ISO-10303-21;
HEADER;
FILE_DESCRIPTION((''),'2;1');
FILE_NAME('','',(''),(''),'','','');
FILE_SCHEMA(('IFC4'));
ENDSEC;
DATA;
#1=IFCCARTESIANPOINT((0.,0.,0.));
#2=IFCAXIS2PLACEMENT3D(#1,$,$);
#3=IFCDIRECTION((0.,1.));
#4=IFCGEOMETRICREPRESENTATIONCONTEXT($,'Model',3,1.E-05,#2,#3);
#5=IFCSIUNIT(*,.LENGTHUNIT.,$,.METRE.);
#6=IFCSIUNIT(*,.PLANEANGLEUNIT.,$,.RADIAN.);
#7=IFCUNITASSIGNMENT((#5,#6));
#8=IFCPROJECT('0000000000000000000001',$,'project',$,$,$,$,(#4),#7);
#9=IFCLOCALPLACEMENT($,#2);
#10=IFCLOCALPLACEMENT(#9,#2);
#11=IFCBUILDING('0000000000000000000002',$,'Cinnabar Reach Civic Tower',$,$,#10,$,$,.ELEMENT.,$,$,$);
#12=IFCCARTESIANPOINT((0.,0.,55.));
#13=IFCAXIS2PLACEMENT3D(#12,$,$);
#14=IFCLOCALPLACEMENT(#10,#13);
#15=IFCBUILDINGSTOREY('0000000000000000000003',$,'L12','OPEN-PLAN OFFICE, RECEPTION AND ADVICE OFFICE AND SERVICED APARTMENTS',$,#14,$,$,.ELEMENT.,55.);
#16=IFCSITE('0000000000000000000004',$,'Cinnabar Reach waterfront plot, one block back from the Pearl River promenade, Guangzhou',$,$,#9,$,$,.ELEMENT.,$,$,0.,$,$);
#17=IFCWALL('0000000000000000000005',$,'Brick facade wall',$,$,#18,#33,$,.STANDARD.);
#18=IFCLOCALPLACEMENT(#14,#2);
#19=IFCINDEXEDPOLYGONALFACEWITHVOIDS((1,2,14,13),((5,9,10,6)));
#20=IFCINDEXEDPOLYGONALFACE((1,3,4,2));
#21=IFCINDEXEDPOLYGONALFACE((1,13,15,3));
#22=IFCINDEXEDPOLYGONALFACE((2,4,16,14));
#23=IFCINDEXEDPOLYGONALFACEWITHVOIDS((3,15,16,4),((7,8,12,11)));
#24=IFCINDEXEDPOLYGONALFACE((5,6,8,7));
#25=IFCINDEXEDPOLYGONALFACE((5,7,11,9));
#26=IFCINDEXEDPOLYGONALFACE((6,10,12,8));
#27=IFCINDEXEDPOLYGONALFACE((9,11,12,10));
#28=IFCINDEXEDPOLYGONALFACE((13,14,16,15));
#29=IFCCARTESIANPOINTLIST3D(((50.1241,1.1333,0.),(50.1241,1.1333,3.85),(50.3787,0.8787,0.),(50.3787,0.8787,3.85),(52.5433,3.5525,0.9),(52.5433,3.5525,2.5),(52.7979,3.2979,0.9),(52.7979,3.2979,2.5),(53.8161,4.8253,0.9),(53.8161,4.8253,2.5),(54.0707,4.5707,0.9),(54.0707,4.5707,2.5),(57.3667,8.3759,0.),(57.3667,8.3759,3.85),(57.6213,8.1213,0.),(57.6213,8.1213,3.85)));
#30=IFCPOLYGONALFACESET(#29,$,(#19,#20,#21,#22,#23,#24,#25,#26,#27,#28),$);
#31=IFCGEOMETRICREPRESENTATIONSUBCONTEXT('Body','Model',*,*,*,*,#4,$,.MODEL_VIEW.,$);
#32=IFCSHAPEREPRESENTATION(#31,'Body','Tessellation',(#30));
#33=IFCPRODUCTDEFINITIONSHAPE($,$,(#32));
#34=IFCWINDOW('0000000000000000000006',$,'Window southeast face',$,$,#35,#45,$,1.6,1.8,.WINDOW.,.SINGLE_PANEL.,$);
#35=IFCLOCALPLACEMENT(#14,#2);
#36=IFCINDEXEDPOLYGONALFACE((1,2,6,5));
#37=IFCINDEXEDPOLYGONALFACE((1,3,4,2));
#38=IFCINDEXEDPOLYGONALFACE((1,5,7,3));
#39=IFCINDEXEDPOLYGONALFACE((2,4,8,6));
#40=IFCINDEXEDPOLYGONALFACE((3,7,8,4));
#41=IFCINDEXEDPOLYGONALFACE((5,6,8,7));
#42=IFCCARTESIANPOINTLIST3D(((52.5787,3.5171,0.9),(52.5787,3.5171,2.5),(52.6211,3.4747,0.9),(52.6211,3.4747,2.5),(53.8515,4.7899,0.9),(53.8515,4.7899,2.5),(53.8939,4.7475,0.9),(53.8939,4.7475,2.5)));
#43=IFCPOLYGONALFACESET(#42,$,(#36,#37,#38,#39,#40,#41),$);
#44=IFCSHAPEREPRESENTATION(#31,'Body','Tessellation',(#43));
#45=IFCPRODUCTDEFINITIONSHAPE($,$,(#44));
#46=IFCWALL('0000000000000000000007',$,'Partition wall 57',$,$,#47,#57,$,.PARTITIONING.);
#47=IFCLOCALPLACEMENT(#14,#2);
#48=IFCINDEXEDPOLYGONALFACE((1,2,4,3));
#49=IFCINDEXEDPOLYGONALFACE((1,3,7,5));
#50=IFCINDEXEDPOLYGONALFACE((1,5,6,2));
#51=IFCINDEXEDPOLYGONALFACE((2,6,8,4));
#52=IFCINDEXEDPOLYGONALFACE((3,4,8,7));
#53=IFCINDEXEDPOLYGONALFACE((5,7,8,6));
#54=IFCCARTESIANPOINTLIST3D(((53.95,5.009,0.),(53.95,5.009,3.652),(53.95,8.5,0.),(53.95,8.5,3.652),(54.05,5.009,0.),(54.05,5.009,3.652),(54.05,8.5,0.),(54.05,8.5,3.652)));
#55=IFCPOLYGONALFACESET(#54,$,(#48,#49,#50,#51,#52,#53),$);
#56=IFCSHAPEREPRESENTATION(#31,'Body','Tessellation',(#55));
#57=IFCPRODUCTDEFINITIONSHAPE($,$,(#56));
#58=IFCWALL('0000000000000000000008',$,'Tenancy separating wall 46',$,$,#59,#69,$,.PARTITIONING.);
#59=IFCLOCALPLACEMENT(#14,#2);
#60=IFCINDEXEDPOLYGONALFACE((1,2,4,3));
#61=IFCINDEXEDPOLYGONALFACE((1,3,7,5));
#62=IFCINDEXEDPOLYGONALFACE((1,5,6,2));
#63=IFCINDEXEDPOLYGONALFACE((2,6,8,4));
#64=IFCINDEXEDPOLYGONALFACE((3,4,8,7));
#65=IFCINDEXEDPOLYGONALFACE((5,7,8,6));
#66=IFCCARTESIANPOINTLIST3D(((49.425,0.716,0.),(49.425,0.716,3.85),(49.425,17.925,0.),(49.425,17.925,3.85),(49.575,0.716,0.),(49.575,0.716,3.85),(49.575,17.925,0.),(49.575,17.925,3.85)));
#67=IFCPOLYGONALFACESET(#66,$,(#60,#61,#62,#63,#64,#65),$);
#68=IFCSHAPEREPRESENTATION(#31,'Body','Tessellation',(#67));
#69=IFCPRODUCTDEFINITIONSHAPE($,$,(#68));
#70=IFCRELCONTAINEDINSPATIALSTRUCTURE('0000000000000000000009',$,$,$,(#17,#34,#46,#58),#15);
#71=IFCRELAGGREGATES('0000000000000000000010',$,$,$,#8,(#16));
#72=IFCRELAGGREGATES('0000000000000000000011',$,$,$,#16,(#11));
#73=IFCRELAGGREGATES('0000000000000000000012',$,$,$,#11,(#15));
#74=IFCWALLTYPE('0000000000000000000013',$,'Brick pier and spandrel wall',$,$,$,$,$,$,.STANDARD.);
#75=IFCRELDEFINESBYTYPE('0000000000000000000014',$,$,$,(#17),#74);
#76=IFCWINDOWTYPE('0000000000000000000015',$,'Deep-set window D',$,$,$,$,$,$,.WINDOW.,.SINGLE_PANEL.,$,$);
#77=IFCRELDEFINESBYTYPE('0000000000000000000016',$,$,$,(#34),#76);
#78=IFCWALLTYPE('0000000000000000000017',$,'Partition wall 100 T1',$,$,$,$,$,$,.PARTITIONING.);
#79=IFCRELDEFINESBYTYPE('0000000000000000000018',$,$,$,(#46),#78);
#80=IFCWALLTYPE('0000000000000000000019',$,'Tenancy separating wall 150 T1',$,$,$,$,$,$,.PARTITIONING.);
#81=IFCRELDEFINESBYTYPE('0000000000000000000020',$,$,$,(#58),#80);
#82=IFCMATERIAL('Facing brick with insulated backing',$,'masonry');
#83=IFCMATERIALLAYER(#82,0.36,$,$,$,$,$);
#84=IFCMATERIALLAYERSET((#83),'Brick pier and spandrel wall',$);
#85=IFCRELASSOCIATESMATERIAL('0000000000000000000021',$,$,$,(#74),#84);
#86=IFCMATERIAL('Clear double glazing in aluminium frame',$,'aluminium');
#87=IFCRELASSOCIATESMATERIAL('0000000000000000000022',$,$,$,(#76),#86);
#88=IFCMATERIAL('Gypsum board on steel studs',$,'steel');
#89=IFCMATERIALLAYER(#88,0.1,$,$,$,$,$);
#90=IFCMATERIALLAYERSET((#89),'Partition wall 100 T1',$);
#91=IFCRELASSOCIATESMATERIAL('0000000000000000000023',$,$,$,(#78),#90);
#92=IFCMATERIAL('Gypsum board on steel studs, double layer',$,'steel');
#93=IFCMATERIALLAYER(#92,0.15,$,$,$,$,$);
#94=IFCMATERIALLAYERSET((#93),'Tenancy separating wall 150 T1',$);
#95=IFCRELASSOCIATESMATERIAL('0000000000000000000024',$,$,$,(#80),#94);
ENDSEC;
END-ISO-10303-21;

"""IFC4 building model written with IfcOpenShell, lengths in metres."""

from ifc_helpers import new_model, si_unit, direction, frame, frame_2d, origin, place, context, subcontext, project, spatial, rectangle, extrude, material, layer, layer_set, type_object, element, fill, save


model = new_model("IFC4")

# Units and contexts
model_context = context("Model", 3, precision=1e-05, world=origin(), true_north=direction((0.0, 1.0)))
body_context = subcontext(model_context, "Body", "Model", "MODEL_VIEW")
ifc_project = project(units=[si_unit("LENGTHUNIT", "METRE"), si_unit("PLANEANGLEUNIT", "RADIAN")], contexts=[model_context])

# Site, building, storey
site_placement = place(None, origin())
site = spatial("IfcSite", under=ifc_project, at=site_placement, Name="Cinnabar Reach waterfront plot, one block back from the Pearl River promenade, Guangzhou", CompositionType="ELEMENT", RefElevation=0.0)
building_placement = place(site_placement, origin())
building = spatial("IfcBuilding", under=site, at=building_placement, Name="Cinnabar Reach Civic Tower", CompositionType="ELEMENT")
storey_placement = place(building_placement, frame((0.0, 0.0, 55.0)))
storey = spatial("IfcBuildingStorey", under=building, at=storey_placement, Name="L12", Description="OPEN-PLAN OFFICE, RECEPTION AND ADVICE OFFICE AND SERVICED APARTMENTS", CompositionType="ELEMENT", Elevation=55.0)

# Shared definitions
ifc_material_1 = material(Name="Facing brick with insulated backing", Category="masonry")

# Wall, opening, window
ifc_layer_1 = layer(ifc_material_1, 0.36)
ifc_layer_set_1 = layer_set([ifc_layer_1], Name="Brick pier and spandrel wall")
wall_type_1 = type_object("IfcWallType", Name="Brick pier and spandrel wall", PredefinedType="STANDARD", material=ifc_layer_set_1)
wall_1_placement = place(storey_placement, frame((50.2514, 1.006, 0.0), z_axis=(0.0, 0.0, 1.0), x_axis=(0.707107, 0.707107, 0.0)))
wall_1 = element("IfcWall", 1, at=wall_1_placement, inside=storey, type_object=wall_type_1, Name="Brick facade wall", PredefinedType="STANDARD", context=body_context, shape_type="SweptSolid", body=[
    extrude(rectangle(XDim=10.2426, YDim=0.36, at=frame_2d((5.1213, 0.0))), origin(), (0.0, 0.0, 1.0), 3.85),
])
opening_placement = place(wall_1_placement, frame((3.4213, 0.0, 0.9)))
opening = element("IfcOpeningElement", 2, at=opening_placement, cuts=wall_1, PredefinedType="OPENING", context=body_context, shape_type="SweptSolid", body=[
    extrude(rectangle(XDim=1.8, YDim=1.6, at=frame_2d((0.9, 0.8))), frame((0.0, 0.19, 0.0), z_axis=(0.0, -1.0, 0.0), x_axis=(1.0, 0.0, 0.0)), (0.0, 0.0, 1.0), 0.38),
])
ifc_material_2 = material(Name="Clear double glazing in aluminium frame", Category="aluminium")
window_type = type_object("IfcWindowType", Name="Deep-set window D", PartitioningType="SINGLE_PANEL", PredefinedType="WINDOW", material=ifc_material_2)
window_placement = place(opening_placement, origin())
window = element("IfcWindow", 3, at=window_placement, inside=storey, type_object=window_type, Name="Window southeast face", OverallHeight=1.6, OverallWidth=1.8, PartitioningType="SINGLE_PANEL", PredefinedType="WINDOW", context=body_context, shape_type="SweptSolid", body=[
    extrude(rectangle(XDim=1.8, YDim=1.6, at=frame_2d((0.9, 0.8))), frame((0.0, 0.13, 0.0), z_axis=(0.0, -1.0, 0.0), x_axis=(1.0, 0.0, 0.0)), (0.0, 0.0, 1.0), 0.06),
])
fill(opening, window)

# Walls
ifc_material_3 = material(Name="Gypsum board on steel studs", Category="steel")
ifc_layer_2 = layer(ifc_material_3, 0.1)
ifc_layer_set_2 = layer_set([ifc_layer_2], Name="Partition wall 100 T1")
wall_type_2 = type_object("IfcWallType", Name="Partition wall 100 T1", PredefinedType="PARTITIONING", material=ifc_layer_set_2)
wall_2_placement = place(storey_placement, frame((54.0, 5.0091, 0.0), z_axis=(0.0, 0.0, 1.0), x_axis=(0.0, 1.0, 0.0)))
element("IfcWall", 4, at=wall_2_placement, inside=storey, type_object=wall_type_2, Name="Partition wall 57", PredefinedType="PARTITIONING", context=body_context, shape_type="SweptSolid", body=[
    extrude(rectangle(XDim=3.4909, YDim=0.1, at=frame_2d((1.7454, 0.0))), origin(), (0.0, 0.0, 1.0), 3.652),
])
ifc_material_4 = material(Name="Gypsum board on steel studs, double layer", Category="steel")
ifc_layer_3 = layer(ifc_material_4, 0.15)
ifc_layer_set_3 = layer_set([ifc_layer_3], Name="Tenancy separating wall 150 T1")
wall_type_3 = type_object("IfcWallType", Name="Tenancy separating wall 150 T1", PredefinedType="PARTITIONING", material=ifc_layer_set_3)
wall_3_placement = place(storey_placement, frame((49.5, 0.716, 0.0), z_axis=(0.0, 0.0, 1.0), x_axis=(0.0, 1.0, 0.0)))
element("IfcWall", 5, at=wall_3_placement, inside=storey, type_object=wall_type_3, Name="Tenancy separating wall 46", PredefinedType="PARTITIONING", context=body_context, shape_type="SweptSolid", body=[
    extrude(rectangle(XDim=17.209, YDim=0.15, at=frame_2d((8.6045, 0.0))), origin(), (0.0, 0.0, 1.0), 3.85),
])

save(model, "model.ifc")
